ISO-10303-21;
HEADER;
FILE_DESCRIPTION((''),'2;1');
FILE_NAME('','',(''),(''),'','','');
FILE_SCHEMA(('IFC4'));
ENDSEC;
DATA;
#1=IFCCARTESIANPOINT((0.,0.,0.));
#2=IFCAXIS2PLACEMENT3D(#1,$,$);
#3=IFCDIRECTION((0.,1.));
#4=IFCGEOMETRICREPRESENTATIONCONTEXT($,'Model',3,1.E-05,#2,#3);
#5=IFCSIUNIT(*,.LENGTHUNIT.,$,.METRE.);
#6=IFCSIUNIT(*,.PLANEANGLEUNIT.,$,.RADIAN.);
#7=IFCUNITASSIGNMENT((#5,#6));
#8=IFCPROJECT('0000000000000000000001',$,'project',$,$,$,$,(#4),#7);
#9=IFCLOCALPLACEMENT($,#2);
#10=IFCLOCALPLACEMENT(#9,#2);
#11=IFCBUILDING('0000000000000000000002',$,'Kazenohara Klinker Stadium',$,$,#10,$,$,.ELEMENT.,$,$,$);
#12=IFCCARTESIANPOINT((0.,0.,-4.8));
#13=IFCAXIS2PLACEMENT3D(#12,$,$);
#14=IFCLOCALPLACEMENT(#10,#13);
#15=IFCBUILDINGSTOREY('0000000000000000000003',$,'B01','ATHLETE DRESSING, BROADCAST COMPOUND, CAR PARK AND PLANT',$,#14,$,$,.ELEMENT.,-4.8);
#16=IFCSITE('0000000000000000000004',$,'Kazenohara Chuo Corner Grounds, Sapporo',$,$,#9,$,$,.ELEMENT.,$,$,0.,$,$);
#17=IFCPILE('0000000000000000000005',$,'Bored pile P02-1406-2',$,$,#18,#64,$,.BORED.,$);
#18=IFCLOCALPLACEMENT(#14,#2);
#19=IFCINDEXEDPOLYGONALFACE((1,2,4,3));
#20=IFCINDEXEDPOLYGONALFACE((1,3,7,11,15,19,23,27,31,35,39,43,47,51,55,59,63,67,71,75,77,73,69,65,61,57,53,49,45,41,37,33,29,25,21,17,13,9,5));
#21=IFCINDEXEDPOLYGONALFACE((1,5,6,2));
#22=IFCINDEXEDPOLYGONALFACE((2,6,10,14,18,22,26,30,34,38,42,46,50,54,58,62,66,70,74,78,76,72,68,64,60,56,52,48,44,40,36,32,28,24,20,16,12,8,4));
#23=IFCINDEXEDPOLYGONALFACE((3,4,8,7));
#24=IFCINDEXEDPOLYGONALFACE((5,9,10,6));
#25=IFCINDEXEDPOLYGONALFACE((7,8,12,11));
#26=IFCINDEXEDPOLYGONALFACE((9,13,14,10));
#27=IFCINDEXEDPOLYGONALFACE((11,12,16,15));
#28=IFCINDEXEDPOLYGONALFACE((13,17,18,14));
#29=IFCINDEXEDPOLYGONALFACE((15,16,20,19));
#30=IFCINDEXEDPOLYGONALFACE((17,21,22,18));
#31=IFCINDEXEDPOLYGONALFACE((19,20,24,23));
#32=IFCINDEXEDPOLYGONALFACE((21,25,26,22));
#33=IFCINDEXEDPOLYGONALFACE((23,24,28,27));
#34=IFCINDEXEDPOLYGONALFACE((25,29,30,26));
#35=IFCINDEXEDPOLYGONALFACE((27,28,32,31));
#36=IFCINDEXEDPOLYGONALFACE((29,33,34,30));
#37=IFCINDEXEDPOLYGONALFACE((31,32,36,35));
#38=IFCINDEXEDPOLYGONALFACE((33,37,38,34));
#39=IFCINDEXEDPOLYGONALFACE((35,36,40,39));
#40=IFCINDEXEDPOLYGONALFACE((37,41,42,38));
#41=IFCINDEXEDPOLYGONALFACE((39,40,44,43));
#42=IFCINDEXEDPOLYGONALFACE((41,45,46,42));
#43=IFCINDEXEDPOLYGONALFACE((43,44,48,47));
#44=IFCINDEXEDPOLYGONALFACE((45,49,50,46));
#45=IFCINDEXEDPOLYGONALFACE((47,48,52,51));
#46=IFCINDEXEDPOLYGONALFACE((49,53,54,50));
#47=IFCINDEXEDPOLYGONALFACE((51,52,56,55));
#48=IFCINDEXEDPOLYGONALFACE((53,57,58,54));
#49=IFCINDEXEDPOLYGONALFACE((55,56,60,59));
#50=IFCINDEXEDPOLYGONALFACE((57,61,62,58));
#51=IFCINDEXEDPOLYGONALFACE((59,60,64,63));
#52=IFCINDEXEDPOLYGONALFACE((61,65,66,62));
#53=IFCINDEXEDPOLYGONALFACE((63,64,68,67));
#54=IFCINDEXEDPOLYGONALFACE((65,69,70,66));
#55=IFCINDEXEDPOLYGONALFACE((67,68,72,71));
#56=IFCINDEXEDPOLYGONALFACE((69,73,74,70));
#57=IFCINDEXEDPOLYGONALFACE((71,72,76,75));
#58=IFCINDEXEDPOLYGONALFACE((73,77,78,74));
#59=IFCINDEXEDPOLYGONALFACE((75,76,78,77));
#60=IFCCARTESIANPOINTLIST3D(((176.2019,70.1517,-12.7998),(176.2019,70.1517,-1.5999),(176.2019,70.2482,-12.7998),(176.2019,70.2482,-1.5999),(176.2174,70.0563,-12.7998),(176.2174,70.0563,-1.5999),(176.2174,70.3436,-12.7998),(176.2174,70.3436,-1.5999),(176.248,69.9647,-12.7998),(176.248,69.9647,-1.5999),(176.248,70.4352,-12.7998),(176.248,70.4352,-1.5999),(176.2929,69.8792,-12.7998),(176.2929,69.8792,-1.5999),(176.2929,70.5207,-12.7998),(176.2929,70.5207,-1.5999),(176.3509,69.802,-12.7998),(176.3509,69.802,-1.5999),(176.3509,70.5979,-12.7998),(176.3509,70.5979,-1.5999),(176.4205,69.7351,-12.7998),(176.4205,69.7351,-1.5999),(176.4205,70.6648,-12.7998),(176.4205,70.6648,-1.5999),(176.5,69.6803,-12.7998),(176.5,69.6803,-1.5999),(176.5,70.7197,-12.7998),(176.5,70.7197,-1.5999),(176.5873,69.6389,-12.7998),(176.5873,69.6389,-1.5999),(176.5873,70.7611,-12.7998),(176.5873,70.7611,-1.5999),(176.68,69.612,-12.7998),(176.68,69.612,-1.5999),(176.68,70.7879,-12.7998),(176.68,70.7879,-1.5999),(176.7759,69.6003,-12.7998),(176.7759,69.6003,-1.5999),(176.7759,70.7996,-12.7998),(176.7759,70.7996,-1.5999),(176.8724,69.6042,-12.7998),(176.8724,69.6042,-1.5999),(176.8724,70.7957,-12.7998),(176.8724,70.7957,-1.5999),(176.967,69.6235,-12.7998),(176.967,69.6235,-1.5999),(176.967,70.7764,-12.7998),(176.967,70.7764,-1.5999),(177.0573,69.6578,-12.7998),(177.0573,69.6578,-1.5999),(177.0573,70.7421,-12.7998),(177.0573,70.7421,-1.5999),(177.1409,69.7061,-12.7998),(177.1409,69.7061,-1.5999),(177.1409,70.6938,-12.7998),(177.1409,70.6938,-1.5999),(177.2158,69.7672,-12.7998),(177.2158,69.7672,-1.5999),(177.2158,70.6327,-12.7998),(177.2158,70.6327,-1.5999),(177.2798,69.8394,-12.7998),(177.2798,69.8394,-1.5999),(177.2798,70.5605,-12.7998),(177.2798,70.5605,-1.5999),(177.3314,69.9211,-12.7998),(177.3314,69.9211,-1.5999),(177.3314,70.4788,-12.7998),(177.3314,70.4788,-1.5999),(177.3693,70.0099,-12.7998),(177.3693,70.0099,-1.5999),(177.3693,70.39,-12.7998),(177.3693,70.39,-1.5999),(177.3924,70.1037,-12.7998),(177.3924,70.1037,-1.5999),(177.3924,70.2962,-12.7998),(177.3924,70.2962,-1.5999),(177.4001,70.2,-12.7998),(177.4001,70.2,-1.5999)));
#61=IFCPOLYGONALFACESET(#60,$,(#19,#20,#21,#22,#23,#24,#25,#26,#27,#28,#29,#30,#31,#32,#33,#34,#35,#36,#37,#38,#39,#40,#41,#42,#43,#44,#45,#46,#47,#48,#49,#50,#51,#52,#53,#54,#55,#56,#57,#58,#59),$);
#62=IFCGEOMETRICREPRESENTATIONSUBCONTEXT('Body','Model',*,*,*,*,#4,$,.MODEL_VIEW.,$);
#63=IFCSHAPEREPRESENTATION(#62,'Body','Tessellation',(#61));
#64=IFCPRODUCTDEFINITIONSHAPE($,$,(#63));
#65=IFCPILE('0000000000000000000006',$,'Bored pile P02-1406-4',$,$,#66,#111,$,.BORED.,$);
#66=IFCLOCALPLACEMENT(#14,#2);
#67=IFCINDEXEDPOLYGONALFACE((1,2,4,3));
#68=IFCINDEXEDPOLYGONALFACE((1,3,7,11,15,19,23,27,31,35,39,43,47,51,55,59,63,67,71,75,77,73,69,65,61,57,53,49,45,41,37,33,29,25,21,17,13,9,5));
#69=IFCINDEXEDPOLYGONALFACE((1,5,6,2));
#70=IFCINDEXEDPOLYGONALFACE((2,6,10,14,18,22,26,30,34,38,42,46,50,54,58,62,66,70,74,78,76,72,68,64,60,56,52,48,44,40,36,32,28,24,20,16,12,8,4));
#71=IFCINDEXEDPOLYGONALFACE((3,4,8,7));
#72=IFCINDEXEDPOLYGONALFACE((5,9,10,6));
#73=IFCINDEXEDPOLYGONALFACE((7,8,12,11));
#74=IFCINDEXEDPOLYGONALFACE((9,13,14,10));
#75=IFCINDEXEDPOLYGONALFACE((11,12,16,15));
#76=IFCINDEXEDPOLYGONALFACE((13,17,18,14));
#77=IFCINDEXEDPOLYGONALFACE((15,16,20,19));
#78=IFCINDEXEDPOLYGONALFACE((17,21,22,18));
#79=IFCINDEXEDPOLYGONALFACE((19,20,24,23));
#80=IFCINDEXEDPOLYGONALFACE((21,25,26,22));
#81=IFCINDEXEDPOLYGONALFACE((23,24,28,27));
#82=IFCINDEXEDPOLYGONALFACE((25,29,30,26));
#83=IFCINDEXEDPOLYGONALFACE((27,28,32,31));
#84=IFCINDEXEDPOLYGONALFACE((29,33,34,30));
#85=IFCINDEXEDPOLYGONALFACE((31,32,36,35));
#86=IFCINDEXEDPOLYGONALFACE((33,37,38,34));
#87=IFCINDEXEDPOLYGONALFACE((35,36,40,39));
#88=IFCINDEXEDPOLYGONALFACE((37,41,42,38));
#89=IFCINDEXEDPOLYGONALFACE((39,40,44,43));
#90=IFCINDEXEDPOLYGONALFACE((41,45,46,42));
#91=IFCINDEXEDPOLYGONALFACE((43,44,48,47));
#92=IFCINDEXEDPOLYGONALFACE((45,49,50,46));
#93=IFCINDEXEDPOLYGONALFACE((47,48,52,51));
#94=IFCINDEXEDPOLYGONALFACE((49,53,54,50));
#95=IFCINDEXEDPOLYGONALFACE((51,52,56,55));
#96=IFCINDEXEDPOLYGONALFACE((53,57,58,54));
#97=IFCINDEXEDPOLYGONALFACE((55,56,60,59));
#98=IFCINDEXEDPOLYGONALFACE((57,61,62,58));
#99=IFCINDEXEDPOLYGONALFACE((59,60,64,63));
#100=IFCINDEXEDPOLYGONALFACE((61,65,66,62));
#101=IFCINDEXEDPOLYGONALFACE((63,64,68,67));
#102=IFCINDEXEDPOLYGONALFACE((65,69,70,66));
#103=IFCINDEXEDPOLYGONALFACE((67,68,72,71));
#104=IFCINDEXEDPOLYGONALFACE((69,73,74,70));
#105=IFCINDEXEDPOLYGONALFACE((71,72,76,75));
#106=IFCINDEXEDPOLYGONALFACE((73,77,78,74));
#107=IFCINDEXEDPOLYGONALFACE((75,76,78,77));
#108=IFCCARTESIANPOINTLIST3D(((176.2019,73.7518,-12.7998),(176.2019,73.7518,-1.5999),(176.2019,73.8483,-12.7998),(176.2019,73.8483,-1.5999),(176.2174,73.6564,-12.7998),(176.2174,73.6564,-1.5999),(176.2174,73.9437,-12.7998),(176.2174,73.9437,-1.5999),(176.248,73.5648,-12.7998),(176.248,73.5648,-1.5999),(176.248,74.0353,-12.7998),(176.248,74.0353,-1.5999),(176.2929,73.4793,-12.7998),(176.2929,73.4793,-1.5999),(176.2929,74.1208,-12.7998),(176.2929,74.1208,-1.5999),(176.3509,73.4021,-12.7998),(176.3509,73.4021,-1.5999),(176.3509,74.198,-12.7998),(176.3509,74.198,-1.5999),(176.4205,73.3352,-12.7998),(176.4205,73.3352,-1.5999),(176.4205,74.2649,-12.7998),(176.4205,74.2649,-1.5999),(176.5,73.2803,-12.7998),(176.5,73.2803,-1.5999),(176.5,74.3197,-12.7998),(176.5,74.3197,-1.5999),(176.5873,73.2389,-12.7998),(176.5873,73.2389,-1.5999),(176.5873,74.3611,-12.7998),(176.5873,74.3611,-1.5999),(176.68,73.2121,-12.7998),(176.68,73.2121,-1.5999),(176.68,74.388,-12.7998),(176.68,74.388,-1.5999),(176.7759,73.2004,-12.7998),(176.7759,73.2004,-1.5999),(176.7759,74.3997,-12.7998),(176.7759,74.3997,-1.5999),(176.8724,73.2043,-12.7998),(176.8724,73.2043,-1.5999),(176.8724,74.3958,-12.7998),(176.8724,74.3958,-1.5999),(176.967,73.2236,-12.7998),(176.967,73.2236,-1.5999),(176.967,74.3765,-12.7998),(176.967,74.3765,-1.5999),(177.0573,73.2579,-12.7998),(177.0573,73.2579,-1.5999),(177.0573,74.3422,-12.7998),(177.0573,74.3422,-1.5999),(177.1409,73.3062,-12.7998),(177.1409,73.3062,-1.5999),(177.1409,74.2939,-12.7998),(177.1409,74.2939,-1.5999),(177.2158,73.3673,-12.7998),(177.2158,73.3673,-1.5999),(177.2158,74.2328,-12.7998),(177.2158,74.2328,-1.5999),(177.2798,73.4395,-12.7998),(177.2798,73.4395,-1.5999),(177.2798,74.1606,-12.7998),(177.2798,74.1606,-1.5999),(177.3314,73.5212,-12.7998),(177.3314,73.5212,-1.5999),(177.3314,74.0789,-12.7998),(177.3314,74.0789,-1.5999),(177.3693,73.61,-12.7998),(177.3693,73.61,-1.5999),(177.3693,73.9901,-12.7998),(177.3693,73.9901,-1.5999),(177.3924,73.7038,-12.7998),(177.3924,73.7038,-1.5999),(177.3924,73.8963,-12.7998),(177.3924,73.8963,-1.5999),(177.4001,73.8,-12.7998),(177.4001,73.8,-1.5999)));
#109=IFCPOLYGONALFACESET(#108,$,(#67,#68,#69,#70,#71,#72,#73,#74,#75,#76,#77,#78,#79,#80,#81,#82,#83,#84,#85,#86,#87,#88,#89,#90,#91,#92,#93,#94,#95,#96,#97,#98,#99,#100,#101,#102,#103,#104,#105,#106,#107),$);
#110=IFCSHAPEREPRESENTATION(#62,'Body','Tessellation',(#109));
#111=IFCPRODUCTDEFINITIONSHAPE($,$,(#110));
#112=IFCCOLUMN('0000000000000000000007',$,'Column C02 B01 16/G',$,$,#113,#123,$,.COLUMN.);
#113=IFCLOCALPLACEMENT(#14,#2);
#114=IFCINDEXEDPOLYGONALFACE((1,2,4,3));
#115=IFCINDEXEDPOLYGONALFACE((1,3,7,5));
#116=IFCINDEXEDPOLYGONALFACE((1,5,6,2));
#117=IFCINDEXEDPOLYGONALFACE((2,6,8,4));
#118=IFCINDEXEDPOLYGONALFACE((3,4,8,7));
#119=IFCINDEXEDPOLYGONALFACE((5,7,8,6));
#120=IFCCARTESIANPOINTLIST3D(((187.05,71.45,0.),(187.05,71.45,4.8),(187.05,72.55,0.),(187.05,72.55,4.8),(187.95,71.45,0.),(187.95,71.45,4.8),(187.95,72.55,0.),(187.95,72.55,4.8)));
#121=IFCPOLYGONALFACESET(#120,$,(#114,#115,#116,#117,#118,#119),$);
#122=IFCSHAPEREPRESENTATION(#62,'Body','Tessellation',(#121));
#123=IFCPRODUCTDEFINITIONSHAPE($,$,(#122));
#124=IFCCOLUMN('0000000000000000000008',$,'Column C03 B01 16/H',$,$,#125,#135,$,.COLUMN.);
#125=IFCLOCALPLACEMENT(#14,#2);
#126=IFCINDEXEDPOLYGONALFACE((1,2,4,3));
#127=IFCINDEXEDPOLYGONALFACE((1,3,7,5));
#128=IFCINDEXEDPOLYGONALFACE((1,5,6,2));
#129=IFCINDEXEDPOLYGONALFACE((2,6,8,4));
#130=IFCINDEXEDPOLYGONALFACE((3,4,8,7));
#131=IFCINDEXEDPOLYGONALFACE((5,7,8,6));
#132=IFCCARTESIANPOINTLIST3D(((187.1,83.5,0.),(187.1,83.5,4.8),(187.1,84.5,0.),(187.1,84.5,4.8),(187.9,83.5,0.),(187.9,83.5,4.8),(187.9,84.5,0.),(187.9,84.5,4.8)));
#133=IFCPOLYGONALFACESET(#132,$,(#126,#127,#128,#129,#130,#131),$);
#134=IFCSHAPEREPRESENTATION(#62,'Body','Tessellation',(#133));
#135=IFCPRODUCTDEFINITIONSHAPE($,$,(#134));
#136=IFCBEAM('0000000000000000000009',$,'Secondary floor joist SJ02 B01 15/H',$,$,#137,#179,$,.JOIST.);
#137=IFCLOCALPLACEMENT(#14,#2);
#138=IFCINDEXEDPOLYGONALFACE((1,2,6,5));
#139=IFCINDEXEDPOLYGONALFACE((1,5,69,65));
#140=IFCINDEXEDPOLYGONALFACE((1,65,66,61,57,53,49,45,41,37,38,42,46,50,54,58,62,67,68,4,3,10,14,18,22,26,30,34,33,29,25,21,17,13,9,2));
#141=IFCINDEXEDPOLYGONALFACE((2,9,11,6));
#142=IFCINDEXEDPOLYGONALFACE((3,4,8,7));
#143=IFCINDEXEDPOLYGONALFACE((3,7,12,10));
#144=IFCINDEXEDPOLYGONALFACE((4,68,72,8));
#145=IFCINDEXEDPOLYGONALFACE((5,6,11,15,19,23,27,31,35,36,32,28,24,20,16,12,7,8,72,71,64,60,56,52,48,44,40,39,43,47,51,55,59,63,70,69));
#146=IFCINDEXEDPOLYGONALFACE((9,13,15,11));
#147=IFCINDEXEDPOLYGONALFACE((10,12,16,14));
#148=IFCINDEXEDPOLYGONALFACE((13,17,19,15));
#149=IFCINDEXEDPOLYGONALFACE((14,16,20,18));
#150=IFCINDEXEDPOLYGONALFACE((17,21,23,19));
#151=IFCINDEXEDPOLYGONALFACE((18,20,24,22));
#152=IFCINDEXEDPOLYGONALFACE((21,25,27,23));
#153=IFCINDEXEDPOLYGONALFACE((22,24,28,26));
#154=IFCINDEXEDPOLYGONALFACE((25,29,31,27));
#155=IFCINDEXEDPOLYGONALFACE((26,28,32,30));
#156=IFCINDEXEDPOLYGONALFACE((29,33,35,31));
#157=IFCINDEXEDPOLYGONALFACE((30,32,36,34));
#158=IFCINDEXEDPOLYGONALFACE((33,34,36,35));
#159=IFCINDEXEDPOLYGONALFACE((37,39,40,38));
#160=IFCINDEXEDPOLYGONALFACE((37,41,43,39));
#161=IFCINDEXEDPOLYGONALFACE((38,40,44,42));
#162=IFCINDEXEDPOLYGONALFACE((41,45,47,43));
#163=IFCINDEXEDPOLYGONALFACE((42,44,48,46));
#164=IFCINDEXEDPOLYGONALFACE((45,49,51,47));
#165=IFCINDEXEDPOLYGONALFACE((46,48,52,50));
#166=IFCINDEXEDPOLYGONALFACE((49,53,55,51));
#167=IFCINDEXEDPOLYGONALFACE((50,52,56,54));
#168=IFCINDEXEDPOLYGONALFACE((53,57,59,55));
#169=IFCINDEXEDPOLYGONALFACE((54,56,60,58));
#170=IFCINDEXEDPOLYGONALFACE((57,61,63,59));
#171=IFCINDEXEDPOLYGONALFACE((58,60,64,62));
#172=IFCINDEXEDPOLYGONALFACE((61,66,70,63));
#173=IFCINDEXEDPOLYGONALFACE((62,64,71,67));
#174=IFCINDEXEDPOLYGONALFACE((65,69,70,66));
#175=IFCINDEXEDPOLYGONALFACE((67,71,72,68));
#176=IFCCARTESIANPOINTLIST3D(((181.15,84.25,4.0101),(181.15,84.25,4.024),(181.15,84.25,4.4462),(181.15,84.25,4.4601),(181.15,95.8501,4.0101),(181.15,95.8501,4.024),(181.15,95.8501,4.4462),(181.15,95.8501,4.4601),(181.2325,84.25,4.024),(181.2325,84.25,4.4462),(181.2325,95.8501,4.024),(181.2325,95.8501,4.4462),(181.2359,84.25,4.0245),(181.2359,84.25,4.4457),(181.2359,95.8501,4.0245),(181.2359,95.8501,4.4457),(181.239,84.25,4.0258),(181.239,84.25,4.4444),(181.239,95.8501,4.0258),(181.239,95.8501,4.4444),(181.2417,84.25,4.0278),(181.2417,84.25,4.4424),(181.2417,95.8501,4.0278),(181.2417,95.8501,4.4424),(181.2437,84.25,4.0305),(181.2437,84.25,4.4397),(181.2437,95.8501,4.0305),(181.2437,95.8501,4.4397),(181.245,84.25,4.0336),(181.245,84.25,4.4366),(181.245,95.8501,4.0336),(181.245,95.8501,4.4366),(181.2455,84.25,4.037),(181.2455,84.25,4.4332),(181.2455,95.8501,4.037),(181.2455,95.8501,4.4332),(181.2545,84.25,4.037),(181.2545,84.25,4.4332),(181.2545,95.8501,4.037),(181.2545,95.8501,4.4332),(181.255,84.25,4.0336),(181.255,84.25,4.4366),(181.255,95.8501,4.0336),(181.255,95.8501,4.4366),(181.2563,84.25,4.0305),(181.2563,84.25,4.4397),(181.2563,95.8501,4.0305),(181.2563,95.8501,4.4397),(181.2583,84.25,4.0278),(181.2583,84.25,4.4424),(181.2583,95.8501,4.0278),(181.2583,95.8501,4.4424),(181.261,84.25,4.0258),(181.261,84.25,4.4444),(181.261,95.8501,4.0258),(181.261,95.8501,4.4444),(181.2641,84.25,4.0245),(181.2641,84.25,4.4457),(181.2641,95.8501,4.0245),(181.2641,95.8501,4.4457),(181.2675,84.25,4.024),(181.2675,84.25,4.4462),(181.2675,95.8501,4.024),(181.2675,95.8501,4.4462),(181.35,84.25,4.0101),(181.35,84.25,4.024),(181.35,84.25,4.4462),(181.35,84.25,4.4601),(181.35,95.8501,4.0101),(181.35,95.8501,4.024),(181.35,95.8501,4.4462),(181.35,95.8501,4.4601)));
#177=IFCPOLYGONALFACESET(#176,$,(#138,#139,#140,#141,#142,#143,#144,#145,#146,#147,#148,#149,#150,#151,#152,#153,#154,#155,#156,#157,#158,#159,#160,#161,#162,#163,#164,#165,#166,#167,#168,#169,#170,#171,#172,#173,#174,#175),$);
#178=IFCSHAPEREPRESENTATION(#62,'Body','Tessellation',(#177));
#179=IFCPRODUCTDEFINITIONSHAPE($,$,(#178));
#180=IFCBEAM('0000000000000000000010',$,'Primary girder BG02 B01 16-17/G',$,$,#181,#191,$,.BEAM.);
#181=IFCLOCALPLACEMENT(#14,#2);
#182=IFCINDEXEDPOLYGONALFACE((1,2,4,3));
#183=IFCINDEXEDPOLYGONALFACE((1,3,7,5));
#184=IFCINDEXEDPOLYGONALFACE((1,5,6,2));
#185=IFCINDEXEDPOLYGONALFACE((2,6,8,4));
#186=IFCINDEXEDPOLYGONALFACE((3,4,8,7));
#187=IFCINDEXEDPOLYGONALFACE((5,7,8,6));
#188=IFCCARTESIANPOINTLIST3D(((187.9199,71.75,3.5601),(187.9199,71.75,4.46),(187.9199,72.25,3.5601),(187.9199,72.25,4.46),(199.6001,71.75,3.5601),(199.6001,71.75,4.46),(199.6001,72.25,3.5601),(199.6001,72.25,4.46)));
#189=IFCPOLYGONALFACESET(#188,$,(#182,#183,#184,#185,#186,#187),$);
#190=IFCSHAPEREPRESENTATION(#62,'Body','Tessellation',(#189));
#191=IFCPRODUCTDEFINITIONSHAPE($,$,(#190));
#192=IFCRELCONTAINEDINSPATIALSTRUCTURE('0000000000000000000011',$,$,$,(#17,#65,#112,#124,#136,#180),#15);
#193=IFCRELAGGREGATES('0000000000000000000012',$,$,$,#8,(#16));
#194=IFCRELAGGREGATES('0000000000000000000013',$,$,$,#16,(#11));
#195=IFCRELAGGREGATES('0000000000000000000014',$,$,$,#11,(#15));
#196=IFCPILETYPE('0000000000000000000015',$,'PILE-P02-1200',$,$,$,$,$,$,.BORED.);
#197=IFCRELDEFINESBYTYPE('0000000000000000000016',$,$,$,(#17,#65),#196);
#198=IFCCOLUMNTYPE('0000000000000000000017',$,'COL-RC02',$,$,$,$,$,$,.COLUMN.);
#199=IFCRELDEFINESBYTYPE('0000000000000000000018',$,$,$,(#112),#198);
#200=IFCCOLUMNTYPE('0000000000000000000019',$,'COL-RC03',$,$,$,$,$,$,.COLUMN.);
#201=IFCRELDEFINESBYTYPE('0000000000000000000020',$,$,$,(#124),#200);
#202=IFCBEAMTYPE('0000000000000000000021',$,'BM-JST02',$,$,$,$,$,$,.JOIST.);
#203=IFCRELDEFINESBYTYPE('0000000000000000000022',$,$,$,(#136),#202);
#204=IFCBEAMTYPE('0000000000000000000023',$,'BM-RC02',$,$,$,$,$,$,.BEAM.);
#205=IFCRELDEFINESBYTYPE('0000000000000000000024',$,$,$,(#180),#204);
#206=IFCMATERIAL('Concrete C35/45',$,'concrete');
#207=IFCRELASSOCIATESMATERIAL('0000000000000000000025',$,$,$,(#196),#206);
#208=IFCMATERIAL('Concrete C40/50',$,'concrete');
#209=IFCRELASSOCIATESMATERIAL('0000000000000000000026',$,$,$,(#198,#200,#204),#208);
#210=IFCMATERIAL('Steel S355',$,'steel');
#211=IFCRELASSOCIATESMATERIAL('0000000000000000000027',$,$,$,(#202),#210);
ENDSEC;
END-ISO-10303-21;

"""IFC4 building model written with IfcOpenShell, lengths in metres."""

from ifc_helpers import new_model, si_unit, direction, frame, origin, origin_2d, place, context, subcontext, project, spatial, rectangle, circle, i_section, extrude, material, material_profile, profile_set, type_object, element, save


model = new_model("IFC4")

# Units and contexts
model_context = context("Model", 3, precision=1e-05, world=origin(), true_north=direction((0.0, 1.0)))
body_context = subcontext(model_context, "Body", "Model", "MODEL_VIEW")
ifc_project = project(units=[si_unit("LENGTHUNIT", "METRE"), si_unit("PLANEANGLEUNIT", "RADIAN")], contexts=[model_context])

# Site, building, storey
site_placement = place(None, origin())
site = spatial("IfcSite", under=ifc_project, at=site_placement, Name="Kazenohara Chuo Corner Grounds, Sapporo", CompositionType="ELEMENT", RefElevation=0.0)
building_placement = place(site_placement, origin())
building = spatial("IfcBuilding", under=site, at=building_placement, Name="Kazenohara Klinker Stadium", CompositionType="ELEMENT")
storey_placement = place(building_placement, frame((0.0, 0.0, -4.8)))
storey = spatial("IfcBuildingStorey", under=building, at=storey_placement, Name="B01", Description="ATHLETE DRESSING, BROADCAST COMPOUND, CAR PARK AND PLANT", CompositionType="ELEMENT", Elevation=-4.8)

# Shared definitions
ifc_material_1 = material(Name="Concrete C35/45", Category="concrete")

# Piles
ifc_material_profile_1 = material_profile(ifc_material_1, circle(Radius=0.6001, at=origin_2d()), Name="BORED-PILE-1200")
ifc_profile_set_1 = profile_set([ifc_material_profile_1], Name="Concrete C35/45")
pile_type_1 = type_object("IfcPileType", Name="PILE-P02-1200", PredefinedType="BORED", material=ifc_profile_set_1)
for number, where, z_axis, x_axis, name in (
    (1, (176.8, 70.2, -1.5999), (0.0, 0.0, -1.0), (1.0, 0.0, 0.0), "Bored pile P02-1406-2"),
    (2, (176.8, 73.8, -1.5999), (0.0, 0.0, -1.0), (1.0, 0.0, 0.0), "Bored pile P02-1406-4"),
):
    element("IfcPile", number, at=place(storey_placement, frame(where, z_axis=z_axis, x_axis=x_axis)), inside=storey, type_object=pile_type_1, Name=name, PredefinedType="BORED", context=body_context, shape_type="SweptSolid", body=[
        extrude(circle(Radius=0.6001, at=origin_2d()), origin(), (0.0, 0.0, 1.0), 11.2),
    ])

# Columns
ifc_material_2 = material(Name="Concrete C40/50", Category="concrete")
ifc_material_profile_2 = material_profile(ifc_material_2, rectangle(XDim=0.8999, YDim=1.1001, at=origin_2d()), Name="RC-COL-1100x900")
ifc_profile_set_2 = profile_set([ifc_material_profile_2], Name="Concrete C40/50")
column_type_1 = type_object("IfcColumnType", Name="COL-RC02", PredefinedType="COLUMN", material=ifc_profile_set_2)
column_1_placement = place(storey_placement, frame((187.5, 72.0, 0.0), z_axis=(0.0, 0.0, 1.0), x_axis=(1.0, 0.0, 0.0)))
element("IfcColumn", 3, at=column_1_placement, inside=storey, type_object=column_type_1, Name="Column C02 B01 16/G", PredefinedType="COLUMN", context=body_context, shape_type="SweptSolid", body=[
    extrude(rectangle(XDim=0.8999, YDim=1.1001, at=origin_2d()), origin(), (0.0, 0.0, 1.0), 4.8),
])
ifc_material_profile_3 = material_profile(ifc_material_2, rectangle(XDim=0.8, YDim=1.0, at=origin_2d()), Name="RC-COL-1000x800")
ifc_profile_set_3 = profile_set([ifc_material_profile_3], Name="Concrete C40/50")
column_type_2 = type_object("IfcColumnType", Name="COL-RC03", PredefinedType="COLUMN", material=ifc_profile_set_3)
column_2_placement = place(storey_placement, frame((187.5, 84.0, 0.0), z_axis=(0.0, 0.0, 1.0), x_axis=(1.0, 0.0, 0.0)))
element("IfcColumn", 4, at=column_2_placement, inside=storey, type_object=column_type_2, Name="Column C03 B01 16/H", PredefinedType="COLUMN", context=body_context, shape_type="SweptSolid", body=[
    extrude(rectangle(XDim=0.8, YDim=1.0, at=origin_2d()), origin(), (0.0, 0.0, 1.0), 4.8),
])

# Beams
ifc_material_3 = material(Name="Steel S355", Category="steel")
ifc_material_profile_4 = material_profile(ifc_material_3, i_section(OverallWidth=0.2, OverallDepth=0.45, WebThickness=0.009, FlangeThickness=0.0139, FilletRadius=0.0129, at=origin_2d()), Name="H-450x200x9x14")
ifc_profile_set_4 = profile_set([ifc_material_profile_4], Name="Steel S355")
beam_type_1 = type_object("IfcBeamType", Name="BM-JST02", PredefinedType="JOIST", material=ifc_profile_set_4)
beam_1_placement = place(storey_placement, frame((181.25, 84.25, 4.2351), z_axis=(0.0, 1.0, 0.0), x_axis=(-1.0, 0.0, 0.0)))
element("IfcBeam", 5, at=beam_1_placement, inside=storey, type_object=beam_type_1, Name="Secondary floor joist SJ02 B01 15/H", PredefinedType="JOIST", context=body_context, shape_type="SweptSolid", body=[
    extrude(i_section(OverallWidth=0.2, OverallDepth=0.45, WebThickness=0.009, FlangeThickness=0.0139, FilletRadius=0.0129, at=origin_2d()), origin(), (0.0, 0.0, 1.0), 11.6001),
])
ifc_material_profile_5 = material_profile(ifc_material_2, rectangle(XDim=0.5, YDim=0.8999, at=origin_2d()), Name="RC-BM-500x900")
ifc_profile_set_5 = profile_set([ifc_material_profile_5], Name="Concrete C40/50")
beam_type_2 = type_object("IfcBeamType", Name="BM-RC02", PredefinedType="BEAM", material=ifc_profile_set_5)
beam_2_placement = place(storey_placement, frame((187.9199, 72.0, 4.01), z_axis=(1.0, 0.0, 0.0), x_axis=(0.0, 1.0, 0.0)))
element("IfcBeam", 6, at=beam_2_placement, inside=storey, type_object=beam_type_2, Name="Primary girder BG02 B01 16-17/G", PredefinedType="BEAM", context=body_context, shape_type="SweptSolid", body=[
    extrude(rectangle(XDim=0.5, YDim=0.8999, at=origin_2d()), origin(), (0.0, 0.0, 1.0), 11.6802),
])

save(model, "model.ifc")
